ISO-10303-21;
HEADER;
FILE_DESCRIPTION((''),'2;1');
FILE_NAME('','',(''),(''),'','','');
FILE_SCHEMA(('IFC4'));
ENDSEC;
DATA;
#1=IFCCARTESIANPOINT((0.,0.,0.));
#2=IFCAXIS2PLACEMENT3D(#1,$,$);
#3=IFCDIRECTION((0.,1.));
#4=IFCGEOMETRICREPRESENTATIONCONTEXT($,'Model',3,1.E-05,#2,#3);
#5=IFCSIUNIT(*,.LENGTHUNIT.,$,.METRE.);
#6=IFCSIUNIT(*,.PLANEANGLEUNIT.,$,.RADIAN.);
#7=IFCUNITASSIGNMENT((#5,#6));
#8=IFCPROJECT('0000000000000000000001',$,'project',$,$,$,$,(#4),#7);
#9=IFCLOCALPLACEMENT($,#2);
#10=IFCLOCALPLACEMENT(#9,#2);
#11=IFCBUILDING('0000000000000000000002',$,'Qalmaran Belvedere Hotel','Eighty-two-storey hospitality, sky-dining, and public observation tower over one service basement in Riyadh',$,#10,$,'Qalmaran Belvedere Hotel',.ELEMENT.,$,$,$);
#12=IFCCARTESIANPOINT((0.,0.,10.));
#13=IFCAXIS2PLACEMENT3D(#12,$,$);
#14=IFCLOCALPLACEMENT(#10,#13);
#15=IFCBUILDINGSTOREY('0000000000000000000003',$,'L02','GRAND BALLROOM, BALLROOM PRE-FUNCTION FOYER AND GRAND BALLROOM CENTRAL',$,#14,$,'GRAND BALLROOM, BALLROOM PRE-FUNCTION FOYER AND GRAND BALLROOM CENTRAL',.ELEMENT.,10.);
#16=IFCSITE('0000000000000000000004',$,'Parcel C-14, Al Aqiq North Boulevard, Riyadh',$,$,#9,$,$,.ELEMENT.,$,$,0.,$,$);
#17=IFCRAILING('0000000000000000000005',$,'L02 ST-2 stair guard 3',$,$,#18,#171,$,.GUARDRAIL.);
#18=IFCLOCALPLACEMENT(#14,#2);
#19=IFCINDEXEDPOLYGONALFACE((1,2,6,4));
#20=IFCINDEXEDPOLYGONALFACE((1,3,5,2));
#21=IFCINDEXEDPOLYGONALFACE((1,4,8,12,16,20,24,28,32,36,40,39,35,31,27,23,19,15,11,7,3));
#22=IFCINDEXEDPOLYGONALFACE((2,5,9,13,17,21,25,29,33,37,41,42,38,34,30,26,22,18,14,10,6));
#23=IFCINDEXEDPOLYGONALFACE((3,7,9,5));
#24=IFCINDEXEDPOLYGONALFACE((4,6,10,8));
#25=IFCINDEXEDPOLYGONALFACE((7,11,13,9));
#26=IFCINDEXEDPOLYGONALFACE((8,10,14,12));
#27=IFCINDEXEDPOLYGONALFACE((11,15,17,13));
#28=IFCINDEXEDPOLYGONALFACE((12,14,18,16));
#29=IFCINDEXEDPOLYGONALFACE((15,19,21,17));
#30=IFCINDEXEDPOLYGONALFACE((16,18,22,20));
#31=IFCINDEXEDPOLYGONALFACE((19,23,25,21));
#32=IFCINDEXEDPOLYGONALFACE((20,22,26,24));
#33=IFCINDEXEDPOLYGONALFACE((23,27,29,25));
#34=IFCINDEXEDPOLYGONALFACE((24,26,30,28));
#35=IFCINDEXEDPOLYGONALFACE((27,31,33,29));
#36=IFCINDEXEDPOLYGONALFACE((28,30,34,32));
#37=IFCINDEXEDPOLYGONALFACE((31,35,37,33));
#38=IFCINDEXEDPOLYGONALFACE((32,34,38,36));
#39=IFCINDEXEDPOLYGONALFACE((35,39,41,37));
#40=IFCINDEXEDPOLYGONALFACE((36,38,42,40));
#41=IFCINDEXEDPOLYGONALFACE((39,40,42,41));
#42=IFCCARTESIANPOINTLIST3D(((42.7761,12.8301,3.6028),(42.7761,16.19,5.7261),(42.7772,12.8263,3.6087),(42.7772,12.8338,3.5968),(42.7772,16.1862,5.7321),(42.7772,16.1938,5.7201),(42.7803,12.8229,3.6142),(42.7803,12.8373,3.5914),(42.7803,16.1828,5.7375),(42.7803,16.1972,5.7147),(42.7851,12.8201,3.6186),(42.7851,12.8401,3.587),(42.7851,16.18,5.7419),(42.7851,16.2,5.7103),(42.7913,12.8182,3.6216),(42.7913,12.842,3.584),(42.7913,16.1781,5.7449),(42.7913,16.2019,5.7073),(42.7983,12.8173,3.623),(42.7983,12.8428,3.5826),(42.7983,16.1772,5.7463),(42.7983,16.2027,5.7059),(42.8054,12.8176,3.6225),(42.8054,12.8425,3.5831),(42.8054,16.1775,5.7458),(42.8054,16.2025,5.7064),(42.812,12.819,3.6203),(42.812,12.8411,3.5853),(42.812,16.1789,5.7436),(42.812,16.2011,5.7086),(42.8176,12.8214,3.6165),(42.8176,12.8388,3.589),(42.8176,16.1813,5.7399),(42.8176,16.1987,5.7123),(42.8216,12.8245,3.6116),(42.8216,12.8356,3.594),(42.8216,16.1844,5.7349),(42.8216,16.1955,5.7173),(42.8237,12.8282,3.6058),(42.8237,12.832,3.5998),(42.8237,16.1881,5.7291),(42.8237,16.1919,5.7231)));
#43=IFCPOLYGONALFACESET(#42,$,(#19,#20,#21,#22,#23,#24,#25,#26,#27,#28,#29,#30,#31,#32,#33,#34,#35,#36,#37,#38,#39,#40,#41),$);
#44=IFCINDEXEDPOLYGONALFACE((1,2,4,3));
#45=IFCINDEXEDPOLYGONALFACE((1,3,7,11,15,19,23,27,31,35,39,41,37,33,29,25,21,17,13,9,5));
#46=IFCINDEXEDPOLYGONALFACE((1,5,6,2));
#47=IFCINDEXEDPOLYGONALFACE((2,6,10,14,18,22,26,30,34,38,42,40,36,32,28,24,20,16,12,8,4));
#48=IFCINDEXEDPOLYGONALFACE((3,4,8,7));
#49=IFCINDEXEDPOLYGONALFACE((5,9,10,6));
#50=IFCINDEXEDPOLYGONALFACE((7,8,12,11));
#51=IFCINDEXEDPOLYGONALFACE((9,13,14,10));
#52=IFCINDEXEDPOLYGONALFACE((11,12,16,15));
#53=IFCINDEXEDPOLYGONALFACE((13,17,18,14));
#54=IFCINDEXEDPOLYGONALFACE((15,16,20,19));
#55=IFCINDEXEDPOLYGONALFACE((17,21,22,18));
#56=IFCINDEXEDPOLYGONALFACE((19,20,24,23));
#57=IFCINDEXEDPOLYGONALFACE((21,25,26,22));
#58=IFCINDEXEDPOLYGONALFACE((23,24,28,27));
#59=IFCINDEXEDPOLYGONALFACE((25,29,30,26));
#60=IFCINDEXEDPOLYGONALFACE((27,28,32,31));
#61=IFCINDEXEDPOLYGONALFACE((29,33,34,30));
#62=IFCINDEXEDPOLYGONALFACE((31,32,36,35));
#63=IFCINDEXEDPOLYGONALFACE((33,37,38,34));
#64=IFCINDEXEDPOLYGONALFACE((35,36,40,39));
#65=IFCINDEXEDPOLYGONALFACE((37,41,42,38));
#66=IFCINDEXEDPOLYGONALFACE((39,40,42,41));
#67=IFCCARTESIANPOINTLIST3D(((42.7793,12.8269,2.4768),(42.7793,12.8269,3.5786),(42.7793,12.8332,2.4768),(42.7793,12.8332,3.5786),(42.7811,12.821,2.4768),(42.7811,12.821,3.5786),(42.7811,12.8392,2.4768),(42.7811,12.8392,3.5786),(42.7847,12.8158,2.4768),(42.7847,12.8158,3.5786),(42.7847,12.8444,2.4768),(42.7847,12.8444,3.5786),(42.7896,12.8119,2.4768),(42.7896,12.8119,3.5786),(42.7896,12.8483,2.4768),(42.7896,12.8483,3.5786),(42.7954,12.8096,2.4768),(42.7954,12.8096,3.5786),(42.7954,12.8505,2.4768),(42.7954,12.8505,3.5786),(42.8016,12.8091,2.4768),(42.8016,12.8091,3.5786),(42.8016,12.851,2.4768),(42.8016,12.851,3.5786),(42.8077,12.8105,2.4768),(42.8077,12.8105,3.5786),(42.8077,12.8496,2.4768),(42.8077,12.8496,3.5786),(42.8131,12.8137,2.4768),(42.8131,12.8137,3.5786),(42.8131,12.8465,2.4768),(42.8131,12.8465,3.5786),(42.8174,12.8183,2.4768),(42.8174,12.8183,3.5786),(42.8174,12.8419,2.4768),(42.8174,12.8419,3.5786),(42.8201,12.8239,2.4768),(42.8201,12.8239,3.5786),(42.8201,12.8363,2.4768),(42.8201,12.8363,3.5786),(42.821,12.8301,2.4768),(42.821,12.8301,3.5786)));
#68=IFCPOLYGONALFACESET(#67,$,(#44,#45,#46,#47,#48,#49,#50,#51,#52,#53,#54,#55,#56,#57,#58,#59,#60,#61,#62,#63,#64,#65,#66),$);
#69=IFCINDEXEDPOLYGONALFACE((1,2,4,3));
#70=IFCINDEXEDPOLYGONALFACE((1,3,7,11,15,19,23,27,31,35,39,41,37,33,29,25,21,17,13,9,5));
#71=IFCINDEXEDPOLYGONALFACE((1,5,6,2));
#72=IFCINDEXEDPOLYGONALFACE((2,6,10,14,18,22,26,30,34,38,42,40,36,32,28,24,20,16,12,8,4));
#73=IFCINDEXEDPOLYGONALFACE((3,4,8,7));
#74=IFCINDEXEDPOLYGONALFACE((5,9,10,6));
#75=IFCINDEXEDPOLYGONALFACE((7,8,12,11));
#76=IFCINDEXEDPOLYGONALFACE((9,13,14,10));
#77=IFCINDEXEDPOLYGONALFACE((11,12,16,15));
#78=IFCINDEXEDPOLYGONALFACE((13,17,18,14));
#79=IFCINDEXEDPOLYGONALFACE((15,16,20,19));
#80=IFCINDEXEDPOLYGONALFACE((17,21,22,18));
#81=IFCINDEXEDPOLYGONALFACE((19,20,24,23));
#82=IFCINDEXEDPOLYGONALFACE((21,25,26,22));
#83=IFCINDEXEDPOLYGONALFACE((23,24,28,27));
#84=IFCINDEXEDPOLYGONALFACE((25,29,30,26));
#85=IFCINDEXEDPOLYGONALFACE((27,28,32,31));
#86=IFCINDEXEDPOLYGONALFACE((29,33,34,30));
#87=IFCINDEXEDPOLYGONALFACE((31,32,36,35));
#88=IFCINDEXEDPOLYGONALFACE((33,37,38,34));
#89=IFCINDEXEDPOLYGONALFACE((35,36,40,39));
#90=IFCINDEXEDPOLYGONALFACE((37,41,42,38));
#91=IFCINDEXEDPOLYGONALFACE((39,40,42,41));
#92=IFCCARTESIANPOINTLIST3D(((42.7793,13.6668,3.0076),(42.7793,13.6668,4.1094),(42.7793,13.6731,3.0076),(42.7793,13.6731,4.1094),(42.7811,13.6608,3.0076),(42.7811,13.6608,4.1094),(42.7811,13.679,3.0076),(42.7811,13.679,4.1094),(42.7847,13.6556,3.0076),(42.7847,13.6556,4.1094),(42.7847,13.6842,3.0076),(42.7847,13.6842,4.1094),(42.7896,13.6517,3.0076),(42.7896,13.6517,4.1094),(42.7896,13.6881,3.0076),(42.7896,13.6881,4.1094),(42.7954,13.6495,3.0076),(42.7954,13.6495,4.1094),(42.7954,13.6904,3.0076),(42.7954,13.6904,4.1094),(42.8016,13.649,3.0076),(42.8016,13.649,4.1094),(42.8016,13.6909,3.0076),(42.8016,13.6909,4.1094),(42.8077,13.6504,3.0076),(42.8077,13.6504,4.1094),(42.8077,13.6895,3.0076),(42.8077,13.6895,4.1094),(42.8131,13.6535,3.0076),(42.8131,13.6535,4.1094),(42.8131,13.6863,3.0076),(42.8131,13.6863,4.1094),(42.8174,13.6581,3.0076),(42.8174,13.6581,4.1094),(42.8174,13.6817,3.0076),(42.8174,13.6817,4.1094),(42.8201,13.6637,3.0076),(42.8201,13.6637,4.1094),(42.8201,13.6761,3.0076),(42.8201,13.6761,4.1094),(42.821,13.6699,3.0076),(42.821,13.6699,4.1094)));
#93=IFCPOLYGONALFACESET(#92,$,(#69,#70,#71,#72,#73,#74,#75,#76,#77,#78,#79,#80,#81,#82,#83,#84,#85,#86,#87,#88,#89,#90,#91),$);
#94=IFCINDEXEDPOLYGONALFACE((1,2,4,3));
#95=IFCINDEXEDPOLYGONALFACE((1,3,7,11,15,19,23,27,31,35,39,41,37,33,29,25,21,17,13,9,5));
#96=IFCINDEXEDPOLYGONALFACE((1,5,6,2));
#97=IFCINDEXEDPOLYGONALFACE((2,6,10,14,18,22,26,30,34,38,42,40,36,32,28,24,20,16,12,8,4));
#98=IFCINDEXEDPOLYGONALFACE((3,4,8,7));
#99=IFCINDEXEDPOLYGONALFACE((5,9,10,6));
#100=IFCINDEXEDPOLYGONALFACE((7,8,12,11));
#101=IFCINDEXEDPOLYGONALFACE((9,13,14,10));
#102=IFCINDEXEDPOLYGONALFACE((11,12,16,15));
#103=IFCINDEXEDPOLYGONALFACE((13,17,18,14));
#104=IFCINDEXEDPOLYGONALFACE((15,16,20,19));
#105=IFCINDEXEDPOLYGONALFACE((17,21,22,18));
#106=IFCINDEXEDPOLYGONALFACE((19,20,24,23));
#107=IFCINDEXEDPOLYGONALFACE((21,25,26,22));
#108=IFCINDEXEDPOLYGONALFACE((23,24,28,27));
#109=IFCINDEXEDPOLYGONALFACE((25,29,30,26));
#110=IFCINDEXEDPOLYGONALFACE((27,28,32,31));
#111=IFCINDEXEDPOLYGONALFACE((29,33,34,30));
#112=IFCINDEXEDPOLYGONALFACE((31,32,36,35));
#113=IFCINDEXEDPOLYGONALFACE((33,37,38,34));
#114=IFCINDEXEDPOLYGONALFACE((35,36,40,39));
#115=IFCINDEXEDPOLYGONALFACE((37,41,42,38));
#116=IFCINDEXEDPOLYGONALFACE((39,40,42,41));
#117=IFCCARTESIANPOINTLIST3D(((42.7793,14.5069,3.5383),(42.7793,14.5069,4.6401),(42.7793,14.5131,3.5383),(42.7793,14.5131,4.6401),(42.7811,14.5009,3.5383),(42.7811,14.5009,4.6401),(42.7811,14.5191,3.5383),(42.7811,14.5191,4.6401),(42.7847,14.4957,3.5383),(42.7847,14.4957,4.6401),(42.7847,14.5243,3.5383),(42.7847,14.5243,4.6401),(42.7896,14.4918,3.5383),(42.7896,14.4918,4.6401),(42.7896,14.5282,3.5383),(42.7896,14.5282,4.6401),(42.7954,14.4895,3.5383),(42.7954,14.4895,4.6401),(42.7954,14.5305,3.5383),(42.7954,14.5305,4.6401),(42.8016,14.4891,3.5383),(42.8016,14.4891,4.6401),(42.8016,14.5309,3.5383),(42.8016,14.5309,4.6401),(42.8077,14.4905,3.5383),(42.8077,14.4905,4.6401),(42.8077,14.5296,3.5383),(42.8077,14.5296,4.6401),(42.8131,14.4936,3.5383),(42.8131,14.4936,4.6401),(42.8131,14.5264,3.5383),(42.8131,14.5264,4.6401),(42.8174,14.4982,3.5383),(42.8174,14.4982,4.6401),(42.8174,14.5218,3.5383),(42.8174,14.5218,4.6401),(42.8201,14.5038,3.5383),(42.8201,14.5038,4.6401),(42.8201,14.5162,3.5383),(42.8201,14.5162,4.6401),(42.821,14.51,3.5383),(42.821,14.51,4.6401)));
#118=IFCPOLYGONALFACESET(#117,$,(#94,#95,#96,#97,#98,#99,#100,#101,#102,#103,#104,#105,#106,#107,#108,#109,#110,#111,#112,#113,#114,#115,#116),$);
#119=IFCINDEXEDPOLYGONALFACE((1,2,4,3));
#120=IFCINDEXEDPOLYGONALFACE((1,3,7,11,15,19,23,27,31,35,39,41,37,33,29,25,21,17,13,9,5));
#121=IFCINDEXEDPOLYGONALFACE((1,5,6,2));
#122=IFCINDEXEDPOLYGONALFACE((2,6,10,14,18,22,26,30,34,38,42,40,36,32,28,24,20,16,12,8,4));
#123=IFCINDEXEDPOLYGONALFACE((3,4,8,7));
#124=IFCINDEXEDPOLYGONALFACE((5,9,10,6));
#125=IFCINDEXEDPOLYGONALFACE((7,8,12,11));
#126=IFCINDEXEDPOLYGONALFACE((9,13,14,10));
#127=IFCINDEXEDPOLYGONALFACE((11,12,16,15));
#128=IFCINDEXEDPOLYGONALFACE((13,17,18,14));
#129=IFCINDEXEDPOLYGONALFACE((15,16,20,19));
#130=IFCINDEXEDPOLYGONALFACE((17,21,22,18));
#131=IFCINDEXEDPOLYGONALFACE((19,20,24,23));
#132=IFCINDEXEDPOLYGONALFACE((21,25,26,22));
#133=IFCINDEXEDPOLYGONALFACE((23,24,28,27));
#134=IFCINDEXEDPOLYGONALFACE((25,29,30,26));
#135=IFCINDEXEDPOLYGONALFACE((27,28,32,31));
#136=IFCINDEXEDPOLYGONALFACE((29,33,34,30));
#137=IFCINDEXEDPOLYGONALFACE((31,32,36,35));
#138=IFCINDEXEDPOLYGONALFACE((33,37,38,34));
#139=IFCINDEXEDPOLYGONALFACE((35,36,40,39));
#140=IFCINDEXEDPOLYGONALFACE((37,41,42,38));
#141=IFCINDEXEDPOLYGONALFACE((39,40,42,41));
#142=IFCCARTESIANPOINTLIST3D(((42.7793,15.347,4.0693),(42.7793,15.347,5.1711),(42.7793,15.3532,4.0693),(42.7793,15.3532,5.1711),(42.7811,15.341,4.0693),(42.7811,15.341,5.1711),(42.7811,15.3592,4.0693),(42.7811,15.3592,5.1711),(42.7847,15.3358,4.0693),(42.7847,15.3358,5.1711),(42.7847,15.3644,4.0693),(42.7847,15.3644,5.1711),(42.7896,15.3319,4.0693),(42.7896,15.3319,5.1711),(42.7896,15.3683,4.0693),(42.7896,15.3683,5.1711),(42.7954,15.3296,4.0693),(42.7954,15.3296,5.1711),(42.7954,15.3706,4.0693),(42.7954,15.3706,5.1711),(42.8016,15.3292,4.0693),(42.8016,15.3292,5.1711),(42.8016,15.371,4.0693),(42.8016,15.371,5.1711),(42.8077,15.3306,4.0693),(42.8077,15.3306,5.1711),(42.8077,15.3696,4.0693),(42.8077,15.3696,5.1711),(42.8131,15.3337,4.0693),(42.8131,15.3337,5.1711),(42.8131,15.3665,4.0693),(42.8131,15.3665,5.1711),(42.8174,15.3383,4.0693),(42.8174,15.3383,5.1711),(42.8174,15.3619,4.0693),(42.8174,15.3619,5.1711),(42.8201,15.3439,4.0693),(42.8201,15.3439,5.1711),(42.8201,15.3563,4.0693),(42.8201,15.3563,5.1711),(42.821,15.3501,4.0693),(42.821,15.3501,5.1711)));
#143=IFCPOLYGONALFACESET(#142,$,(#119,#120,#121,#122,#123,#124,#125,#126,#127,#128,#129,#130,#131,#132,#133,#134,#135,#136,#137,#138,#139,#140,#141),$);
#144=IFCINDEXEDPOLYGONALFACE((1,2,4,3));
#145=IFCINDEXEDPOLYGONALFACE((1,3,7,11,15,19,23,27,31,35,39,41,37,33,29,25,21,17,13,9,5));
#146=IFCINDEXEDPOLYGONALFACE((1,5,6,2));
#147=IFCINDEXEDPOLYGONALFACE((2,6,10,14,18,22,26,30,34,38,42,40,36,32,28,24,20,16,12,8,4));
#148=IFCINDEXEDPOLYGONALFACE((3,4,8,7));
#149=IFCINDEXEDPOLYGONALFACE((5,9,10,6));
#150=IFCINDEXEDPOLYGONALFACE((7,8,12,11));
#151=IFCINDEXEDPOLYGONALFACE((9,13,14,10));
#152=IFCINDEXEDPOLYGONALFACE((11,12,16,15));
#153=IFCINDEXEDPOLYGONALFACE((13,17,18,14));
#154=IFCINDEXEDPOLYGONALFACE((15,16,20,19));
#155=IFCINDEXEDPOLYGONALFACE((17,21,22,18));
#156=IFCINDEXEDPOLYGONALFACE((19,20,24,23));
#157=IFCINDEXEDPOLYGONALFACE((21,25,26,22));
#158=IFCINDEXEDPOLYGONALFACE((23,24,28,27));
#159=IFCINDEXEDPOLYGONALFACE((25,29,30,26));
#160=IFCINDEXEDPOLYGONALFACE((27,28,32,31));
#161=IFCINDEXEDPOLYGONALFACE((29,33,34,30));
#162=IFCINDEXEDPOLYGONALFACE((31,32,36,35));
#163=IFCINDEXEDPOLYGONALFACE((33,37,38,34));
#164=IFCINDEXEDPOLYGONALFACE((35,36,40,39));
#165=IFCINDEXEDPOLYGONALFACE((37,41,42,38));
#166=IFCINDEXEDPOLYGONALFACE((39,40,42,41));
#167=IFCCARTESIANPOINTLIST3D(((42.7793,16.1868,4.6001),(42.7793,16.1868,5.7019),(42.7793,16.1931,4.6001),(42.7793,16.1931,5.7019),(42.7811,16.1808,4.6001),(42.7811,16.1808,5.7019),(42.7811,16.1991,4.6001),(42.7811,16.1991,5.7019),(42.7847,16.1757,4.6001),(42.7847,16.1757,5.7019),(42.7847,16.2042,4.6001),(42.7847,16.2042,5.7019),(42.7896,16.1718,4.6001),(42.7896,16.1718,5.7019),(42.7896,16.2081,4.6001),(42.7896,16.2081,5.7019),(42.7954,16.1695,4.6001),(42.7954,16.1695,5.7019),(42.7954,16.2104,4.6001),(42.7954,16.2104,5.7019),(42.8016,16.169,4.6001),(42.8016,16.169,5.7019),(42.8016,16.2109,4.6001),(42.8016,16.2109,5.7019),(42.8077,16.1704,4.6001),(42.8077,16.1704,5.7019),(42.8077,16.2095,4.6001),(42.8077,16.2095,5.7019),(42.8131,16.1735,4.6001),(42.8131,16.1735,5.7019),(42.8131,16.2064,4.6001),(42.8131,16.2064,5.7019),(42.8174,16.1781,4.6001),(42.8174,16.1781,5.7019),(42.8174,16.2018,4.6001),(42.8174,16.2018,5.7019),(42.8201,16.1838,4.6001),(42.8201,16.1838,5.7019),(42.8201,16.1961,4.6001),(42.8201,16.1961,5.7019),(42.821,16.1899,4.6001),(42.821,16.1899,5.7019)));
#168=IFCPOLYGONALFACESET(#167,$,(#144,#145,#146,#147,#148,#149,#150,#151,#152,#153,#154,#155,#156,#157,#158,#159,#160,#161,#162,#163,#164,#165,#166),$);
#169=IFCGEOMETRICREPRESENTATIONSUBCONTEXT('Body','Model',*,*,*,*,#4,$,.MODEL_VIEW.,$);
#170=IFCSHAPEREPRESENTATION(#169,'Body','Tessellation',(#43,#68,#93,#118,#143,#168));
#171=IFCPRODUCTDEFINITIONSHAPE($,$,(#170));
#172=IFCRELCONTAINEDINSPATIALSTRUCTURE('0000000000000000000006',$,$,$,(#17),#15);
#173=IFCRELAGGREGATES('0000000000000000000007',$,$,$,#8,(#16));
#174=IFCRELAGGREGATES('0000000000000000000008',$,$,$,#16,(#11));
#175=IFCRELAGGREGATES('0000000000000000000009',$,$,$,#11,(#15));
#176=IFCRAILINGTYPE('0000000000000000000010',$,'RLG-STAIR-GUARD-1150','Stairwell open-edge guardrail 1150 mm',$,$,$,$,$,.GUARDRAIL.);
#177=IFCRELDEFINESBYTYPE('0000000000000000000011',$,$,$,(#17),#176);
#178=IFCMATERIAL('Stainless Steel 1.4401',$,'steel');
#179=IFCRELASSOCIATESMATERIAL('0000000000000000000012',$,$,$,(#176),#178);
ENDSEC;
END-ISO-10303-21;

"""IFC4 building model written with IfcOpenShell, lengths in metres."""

from ifc_helpers import new_model, si_unit, direction, frame, origin, origin_2d, place, context, subcontext, project, spatial, circle, extrude, material, type_object, element, save


model = new_model("IFC4")

# Units and contexts
model_context = context("Model", 3, precision=1e-05, world=origin(), true_north=direction((0.0, 1.0)))
body_context = subcontext(model_context, "Body", "Model", "MODEL_VIEW")
ifc_project = project(units=[si_unit("LENGTHUNIT", "METRE"), si_unit("PLANEANGLEUNIT", "RADIAN")], contexts=[model_context])

# Site, building, storey
site_placement = place(None, origin())
site = spatial("IfcSite", under=ifc_project, at=site_placement, Name="Parcel C-14, Al Aqiq North Boulevard, Riyadh", CompositionType="ELEMENT", RefElevation=0.0)
building_placement = place(site_placement, origin())
building = spatial("IfcBuilding", under=site, at=building_placement, Name="Qalmaran Belvedere Hotel", Description="Eighty-two-storey hospitality, sky-dining, and public observation tower over one service basement in Riyadh", LongName="Qalmaran Belvedere Hotel", CompositionType="ELEMENT")
storey_placement = place(building_placement, frame((0.0, 0.0, 10.0)))
storey = spatial("IfcBuildingStorey", under=building, at=storey_placement, Name="L02", Description="GRAND BALLROOM, BALLROOM PRE-FUNCTION FOYER AND GRAND BALLROOM CENTRAL", LongName="GRAND BALLROOM, BALLROOM PRE-FUNCTION FOYER AND GRAND BALLROOM CENTRAL", CompositionType="ELEMENT", Elevation=10.0)

# Railing
ifc_material_1 = material(Name="Stainless Steel 1.4401", Category="steel")
railing_type_1 = type_object("IfcRailingType", Name="RLG-STAIR-GUARD-1150", Description="Stairwell open-edge guardrail 1150 mm", PredefinedType="GUARDRAIL", material=ifc_material_1)
railing_1_placement = place(storey_placement, frame((42.8, 12.8301, 2.4768)))
element("IfcRailing", 1, at=railing_1_placement, inside=storey, type_object=railing_type_1, Name="L02 ST-2 stair guard 3", PredefinedType="GUARDRAIL", context=body_context, shape_type="SweptSolid", body=[
    extrude(circle(Radius=0.0239, at=origin_2d()), frame((0.0, 0.0, 1.126), z_axis=(0.0, 0.845344, 0.534222), x_axis=(-1.0, 0.0, 0.0)), (0.0, 0.0, 1.0), 3.9746),
    extrude(circle(Radius=0.021, at=origin_2d()), origin(), (0.0, 0.0, 1.0), 1.1018),
    extrude(circle(Radius=0.021, at=origin_2d()), frame((0.0, 0.8398, 0.5308)), (0.0, 0.0, 1.0), 1.1018),
    extrude(circle(Radius=0.021, at=origin_2d()), frame((0.0, 1.6799, 1.0615)), (0.0, 0.0, 1.0), 1.1018),
    extrude(circle(Radius=0.021, at=origin_2d()), frame((0.0, 2.52, 1.5925)), (0.0, 0.0, 1.0), 1.1018),
    extrude(circle(Radius=0.021, at=origin_2d()), frame((0.0, 3.3599, 2.1233)), (0.0, 0.0, 1.0), 1.1018),
])

save(model, "model.ifc")
